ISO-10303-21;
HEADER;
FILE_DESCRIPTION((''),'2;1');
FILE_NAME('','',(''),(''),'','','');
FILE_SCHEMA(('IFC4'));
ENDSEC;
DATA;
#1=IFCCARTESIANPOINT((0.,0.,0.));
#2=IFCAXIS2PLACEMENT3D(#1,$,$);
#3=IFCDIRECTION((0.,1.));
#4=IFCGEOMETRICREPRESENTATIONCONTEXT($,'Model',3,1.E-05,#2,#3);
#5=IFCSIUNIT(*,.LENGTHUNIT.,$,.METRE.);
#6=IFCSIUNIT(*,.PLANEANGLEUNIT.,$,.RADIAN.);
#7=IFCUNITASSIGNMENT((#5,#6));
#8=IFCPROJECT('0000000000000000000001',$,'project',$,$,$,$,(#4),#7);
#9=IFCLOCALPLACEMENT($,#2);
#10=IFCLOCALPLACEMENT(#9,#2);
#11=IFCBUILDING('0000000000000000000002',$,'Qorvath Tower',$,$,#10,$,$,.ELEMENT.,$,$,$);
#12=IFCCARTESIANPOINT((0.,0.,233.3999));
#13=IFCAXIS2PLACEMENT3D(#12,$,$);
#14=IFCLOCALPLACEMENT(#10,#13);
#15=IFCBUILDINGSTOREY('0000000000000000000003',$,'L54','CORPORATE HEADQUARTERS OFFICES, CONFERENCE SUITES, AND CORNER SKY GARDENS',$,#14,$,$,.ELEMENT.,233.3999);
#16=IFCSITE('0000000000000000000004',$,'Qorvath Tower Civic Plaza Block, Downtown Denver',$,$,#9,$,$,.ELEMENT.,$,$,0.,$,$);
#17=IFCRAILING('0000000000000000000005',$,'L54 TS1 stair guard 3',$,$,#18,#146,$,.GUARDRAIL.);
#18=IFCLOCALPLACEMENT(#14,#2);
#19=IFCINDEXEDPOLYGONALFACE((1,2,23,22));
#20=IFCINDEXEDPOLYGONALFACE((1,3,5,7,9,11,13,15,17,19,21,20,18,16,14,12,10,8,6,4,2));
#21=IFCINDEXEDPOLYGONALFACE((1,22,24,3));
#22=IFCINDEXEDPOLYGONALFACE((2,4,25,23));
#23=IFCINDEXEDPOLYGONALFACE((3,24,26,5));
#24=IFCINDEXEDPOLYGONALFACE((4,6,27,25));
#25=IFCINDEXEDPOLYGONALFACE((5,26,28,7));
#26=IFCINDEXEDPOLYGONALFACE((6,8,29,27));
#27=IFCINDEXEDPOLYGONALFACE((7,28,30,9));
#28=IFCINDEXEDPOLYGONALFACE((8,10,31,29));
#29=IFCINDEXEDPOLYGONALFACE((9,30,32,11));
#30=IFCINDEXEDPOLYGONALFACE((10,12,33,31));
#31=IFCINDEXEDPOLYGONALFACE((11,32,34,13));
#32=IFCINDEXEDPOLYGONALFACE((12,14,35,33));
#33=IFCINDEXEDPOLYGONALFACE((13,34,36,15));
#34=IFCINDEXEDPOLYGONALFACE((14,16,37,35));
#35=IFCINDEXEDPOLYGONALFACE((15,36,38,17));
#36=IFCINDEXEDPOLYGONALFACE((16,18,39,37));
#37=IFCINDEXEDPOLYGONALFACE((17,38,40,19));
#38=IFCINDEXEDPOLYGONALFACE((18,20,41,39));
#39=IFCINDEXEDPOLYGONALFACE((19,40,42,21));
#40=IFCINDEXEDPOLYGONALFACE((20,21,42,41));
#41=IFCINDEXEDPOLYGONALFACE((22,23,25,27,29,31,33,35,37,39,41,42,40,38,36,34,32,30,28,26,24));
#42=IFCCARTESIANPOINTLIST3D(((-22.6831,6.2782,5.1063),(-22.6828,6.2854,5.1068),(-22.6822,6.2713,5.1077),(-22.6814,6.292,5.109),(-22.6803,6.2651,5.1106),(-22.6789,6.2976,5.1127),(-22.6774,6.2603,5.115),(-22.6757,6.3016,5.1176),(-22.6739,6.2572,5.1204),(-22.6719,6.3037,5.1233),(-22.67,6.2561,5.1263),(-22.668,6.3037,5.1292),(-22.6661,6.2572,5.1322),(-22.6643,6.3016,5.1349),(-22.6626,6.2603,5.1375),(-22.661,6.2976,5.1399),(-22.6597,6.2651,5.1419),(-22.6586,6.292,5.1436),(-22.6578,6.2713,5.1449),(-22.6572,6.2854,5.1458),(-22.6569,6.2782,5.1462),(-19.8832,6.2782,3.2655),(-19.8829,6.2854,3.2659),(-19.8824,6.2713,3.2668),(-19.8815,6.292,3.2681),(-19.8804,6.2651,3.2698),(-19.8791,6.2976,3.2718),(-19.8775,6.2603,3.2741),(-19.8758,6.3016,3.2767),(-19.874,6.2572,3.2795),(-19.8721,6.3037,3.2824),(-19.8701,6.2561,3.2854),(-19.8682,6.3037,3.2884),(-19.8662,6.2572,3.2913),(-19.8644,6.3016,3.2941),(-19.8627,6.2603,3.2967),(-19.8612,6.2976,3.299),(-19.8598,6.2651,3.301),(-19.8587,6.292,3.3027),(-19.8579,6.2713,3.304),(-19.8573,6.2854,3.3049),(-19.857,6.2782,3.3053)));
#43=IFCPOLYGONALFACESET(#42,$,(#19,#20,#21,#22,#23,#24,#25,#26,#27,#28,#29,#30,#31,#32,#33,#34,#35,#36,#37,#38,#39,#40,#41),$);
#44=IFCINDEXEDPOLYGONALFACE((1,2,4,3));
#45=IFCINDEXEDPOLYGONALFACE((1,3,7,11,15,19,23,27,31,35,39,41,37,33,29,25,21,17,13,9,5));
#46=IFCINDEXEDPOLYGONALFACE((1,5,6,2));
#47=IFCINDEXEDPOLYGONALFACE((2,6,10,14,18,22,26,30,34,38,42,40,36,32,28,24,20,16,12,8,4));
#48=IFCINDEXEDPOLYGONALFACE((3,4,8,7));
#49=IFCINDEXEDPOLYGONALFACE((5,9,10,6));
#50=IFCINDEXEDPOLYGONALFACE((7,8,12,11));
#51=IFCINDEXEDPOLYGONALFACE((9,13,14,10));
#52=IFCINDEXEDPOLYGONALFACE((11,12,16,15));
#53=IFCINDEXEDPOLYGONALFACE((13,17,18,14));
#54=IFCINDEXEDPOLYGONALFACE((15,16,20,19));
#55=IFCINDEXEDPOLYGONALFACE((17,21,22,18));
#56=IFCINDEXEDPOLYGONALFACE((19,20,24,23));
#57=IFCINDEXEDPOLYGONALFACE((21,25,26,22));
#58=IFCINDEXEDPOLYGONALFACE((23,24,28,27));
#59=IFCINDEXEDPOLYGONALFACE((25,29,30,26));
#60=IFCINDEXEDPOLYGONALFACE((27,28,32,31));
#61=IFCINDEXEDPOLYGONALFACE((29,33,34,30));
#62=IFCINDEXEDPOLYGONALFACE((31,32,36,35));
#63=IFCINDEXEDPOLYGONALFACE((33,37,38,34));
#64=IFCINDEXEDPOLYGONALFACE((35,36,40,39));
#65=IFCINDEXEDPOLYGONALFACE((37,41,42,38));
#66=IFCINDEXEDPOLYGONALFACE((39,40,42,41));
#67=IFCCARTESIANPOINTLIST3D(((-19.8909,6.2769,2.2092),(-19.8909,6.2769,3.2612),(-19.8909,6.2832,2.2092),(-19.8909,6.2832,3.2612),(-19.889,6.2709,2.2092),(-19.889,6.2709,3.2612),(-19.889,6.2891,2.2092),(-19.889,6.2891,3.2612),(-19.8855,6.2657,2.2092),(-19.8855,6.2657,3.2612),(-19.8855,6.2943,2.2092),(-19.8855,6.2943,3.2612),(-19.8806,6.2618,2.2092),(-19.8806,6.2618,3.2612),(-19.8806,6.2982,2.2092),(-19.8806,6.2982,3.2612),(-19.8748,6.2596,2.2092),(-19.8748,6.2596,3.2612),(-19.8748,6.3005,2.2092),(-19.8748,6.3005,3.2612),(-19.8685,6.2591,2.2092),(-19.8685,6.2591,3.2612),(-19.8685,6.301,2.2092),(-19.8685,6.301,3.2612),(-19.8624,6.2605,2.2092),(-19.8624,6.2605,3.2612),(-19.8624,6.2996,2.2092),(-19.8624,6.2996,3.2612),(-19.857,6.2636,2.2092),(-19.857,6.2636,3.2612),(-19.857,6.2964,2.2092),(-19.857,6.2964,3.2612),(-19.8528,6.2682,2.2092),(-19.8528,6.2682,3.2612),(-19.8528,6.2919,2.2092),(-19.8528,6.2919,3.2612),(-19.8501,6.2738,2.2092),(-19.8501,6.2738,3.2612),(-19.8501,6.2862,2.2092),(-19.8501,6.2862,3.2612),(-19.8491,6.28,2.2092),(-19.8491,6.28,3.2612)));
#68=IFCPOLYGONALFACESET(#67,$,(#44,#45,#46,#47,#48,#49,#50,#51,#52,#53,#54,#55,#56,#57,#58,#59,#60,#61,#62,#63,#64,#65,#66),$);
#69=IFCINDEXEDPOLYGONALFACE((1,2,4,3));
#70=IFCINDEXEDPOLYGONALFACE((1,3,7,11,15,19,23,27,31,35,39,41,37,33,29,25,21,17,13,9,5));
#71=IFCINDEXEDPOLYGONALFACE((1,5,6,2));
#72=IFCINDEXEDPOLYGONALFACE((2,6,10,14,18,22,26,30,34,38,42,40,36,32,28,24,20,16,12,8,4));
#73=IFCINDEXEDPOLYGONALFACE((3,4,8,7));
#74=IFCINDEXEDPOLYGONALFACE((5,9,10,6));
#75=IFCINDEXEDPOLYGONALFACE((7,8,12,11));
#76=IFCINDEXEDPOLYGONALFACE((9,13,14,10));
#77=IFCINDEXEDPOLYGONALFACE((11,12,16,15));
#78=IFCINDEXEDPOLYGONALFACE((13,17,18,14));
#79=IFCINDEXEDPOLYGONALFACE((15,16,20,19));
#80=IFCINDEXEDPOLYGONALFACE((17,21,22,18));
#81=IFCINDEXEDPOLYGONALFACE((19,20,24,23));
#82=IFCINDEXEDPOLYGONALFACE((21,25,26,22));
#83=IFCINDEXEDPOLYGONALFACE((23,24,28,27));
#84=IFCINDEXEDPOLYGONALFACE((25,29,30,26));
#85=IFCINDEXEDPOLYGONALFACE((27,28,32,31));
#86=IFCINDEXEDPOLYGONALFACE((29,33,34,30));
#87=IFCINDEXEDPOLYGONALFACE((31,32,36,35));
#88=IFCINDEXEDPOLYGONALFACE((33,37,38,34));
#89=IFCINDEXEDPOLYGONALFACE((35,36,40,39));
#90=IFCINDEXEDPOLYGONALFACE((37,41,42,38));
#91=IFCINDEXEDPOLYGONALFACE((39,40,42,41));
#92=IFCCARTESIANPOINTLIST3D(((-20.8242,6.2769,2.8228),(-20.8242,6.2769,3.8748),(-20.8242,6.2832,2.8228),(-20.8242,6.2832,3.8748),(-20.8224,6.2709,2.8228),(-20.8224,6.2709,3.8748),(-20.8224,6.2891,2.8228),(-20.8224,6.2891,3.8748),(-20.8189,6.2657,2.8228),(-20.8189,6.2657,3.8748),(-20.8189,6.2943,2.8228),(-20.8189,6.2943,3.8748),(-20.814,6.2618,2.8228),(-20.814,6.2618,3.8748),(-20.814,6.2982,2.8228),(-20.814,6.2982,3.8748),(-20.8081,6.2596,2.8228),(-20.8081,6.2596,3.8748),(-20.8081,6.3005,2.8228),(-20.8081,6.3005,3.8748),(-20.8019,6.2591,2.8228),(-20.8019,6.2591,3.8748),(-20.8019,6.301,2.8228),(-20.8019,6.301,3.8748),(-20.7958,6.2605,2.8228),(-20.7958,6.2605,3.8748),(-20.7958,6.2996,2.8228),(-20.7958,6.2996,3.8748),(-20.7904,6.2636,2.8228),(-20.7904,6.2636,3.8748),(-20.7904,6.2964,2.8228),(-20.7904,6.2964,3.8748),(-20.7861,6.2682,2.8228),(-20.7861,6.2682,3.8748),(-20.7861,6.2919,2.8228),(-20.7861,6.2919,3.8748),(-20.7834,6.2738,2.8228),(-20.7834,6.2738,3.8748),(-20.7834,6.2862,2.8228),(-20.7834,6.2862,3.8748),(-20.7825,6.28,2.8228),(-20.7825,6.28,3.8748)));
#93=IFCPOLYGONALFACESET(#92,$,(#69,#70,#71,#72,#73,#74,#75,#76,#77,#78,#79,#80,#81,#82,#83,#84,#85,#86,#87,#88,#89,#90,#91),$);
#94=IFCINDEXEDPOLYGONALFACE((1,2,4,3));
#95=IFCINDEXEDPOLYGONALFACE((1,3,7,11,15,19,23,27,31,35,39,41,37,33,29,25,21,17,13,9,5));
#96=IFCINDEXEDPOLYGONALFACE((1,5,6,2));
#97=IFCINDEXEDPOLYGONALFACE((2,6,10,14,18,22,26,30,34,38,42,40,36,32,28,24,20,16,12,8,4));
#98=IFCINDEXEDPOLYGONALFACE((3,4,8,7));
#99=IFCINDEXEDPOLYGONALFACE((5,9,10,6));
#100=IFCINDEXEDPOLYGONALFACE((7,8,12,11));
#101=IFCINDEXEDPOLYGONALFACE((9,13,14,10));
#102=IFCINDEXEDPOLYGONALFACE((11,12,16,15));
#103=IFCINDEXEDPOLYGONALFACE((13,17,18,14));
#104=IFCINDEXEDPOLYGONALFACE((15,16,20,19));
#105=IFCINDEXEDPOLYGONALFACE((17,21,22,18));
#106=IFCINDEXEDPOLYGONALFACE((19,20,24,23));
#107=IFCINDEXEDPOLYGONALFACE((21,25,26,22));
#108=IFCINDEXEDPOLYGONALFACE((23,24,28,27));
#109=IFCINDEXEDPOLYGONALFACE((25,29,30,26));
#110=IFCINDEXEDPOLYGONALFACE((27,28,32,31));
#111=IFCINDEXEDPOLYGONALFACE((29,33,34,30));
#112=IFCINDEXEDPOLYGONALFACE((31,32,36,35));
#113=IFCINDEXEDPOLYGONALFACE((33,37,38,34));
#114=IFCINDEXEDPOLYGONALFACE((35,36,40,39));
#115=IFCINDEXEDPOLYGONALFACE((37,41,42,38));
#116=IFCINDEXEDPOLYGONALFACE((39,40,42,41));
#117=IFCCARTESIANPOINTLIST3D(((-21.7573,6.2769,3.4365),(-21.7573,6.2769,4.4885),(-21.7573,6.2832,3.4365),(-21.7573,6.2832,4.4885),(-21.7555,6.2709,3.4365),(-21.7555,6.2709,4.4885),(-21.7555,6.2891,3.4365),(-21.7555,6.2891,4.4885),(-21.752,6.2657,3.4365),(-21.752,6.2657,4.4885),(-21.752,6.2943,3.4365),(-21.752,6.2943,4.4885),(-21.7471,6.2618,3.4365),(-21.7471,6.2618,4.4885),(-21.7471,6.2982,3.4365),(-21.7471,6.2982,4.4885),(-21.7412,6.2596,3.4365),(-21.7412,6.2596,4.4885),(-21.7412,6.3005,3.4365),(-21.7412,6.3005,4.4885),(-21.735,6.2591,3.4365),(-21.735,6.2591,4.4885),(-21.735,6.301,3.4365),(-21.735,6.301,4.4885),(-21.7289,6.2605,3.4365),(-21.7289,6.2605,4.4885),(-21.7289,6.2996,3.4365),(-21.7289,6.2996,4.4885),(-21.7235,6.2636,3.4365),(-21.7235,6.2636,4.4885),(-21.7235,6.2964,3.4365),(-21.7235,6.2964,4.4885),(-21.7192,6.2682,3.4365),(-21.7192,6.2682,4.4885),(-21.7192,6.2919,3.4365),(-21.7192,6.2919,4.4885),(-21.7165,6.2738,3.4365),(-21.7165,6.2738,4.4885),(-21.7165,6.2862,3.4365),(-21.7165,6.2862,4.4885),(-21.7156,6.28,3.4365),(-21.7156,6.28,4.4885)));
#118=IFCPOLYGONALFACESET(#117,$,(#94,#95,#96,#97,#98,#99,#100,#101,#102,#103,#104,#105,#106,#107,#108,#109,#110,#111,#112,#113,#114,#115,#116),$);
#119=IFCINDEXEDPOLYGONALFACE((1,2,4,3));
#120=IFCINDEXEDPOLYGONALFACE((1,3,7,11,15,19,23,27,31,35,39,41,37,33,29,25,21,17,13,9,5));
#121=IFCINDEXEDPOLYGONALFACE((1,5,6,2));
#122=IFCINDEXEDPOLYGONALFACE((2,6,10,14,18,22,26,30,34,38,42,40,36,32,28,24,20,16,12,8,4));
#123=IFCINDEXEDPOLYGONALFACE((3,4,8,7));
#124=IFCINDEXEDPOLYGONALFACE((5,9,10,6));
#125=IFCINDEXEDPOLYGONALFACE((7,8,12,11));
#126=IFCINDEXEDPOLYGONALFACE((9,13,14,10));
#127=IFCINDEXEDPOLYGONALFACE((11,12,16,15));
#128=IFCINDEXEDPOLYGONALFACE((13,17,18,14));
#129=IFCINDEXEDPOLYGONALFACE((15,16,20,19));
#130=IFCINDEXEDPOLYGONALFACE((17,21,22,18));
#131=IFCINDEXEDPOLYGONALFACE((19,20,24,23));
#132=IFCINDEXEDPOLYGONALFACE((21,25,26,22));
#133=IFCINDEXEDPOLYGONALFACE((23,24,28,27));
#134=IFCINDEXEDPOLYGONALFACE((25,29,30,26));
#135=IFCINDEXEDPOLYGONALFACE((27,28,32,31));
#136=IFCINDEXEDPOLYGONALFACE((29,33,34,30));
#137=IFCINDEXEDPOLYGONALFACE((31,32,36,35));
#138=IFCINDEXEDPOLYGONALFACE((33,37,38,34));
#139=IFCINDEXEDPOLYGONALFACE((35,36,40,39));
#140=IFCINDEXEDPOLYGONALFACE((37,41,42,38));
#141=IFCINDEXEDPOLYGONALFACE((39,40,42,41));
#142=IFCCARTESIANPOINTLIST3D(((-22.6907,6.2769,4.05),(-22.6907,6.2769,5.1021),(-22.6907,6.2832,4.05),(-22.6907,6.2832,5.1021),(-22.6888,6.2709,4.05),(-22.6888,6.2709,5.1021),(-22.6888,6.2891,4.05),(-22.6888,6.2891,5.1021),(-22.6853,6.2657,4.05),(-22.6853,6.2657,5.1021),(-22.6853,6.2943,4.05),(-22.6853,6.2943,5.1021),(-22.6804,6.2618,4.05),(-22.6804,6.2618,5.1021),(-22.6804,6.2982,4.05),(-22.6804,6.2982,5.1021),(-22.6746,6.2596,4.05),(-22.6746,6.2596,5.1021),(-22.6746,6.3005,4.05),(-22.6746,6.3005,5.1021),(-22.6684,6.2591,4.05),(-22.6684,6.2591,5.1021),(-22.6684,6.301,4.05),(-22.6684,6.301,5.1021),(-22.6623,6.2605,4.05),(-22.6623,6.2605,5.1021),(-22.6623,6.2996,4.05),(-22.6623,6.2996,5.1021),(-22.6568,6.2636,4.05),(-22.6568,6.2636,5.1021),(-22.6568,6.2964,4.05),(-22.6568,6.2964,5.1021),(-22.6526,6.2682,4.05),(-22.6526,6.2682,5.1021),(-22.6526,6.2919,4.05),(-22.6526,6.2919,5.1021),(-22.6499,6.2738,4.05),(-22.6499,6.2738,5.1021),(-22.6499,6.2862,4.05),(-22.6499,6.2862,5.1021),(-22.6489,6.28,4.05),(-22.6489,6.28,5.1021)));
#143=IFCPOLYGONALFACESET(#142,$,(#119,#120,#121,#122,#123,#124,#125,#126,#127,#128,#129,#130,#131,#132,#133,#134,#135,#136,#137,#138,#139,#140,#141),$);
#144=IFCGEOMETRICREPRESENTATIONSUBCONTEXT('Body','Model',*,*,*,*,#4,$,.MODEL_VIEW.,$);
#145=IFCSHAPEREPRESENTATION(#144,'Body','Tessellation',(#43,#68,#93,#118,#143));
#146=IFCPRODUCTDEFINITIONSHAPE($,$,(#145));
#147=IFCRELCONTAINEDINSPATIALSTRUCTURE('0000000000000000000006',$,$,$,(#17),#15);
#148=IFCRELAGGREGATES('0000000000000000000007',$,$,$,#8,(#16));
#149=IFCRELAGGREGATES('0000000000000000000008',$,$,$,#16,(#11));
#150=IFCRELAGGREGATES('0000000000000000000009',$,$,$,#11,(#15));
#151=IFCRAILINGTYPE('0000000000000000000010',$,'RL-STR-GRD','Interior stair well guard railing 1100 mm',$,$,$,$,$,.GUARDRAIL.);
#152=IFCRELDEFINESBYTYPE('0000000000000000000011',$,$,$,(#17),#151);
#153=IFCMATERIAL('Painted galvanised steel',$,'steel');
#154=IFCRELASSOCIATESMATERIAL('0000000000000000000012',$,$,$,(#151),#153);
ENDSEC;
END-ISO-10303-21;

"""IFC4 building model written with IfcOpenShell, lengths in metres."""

from ifc_helpers import new_model, si_unit, direction, frame, origin, origin_2d, place, context, subcontext, project, spatial, circle, extrude, material, type_object, element, save


model = new_model("IFC4")

# Units and contexts
model_context = context("Model", 3, precision=1e-05, world=origin(), true_north=direction((0.0, 1.0)))
body_context = subcontext(model_context, "Body", "Model", "MODEL_VIEW")
ifc_project = project(units=[si_unit("LENGTHUNIT", "METRE"), si_unit("PLANEANGLEUNIT", "RADIAN")], contexts=[model_context])

# Site, building, storey
site_placement = place(None, origin())
site = spatial("IfcSite", under=ifc_project, at=site_placement, Name="Qorvath Tower Civic Plaza Block, Downtown Denver", CompositionType="ELEMENT", RefElevation=0.0)
building_placement = place(site_placement, origin())
building = spatial("IfcBuilding", under=site, at=building_placement, Name="Qorvath Tower", CompositionType="ELEMENT")
storey_placement = place(building_placement, frame((0.0, 0.0, 233.3999)))
storey = spatial("IfcBuildingStorey", under=building, at=storey_placement, Name="L54", Description="CORPORATE HEADQUARTERS OFFICES, CONFERENCE SUITES, AND CORNER SKY GARDENS", CompositionType="ELEMENT", Elevation=233.3999)

# Railing
ifc_material_1 = material(Name="Painted galvanised steel", Category="steel")
railing_type_1 = type_object("IfcRailingType", Name="RL-STR-GRD", Description="Interior stair well guard railing 1100 mm", PredefinedType="GUARDRAIL", material=ifc_material_1)
railing_1_placement = place(storey_placement, frame((-19.8701, 6.28, 2.2092)))
element("IfcRailing", 1, at=railing_1_placement, inside=storey, type_object=railing_type_1, Name="L54 TS1 stair guard 3", PredefinedType="GUARDRAIL", context=body_context, shape_type="SweptSolid", body=[
    extrude(circle(Radius=0.0239, at=origin_2d()), frame((0.0, 0.0, 1.0762), z_axis=(-0.835576, 0.0, 0.549376), x_axis=(0.0, -1.0, 0.0)), (0.0, 0.0, 1.0), 3.3508),
    extrude(circle(Radius=0.021, at=origin_2d()), origin(), (0.0, 0.0, 1.0), 1.052),
    extrude(circle(Radius=0.021, at=origin_2d()), frame((-0.9333, 0.0, 0.6135)), (0.0, 0.0, 1.0), 1.052),
    extrude(circle(Radius=0.021, at=origin_2d()), frame((-1.8665, 0.0, 1.2273)), (0.0, 0.0, 1.0), 1.052),
    extrude(circle(Radius=0.021, at=origin_2d()), frame((-2.7998, 0.0, 1.8408)), (0.0, 0.0, 1.0), 1.052),
])

save(model, "model.ifc")
